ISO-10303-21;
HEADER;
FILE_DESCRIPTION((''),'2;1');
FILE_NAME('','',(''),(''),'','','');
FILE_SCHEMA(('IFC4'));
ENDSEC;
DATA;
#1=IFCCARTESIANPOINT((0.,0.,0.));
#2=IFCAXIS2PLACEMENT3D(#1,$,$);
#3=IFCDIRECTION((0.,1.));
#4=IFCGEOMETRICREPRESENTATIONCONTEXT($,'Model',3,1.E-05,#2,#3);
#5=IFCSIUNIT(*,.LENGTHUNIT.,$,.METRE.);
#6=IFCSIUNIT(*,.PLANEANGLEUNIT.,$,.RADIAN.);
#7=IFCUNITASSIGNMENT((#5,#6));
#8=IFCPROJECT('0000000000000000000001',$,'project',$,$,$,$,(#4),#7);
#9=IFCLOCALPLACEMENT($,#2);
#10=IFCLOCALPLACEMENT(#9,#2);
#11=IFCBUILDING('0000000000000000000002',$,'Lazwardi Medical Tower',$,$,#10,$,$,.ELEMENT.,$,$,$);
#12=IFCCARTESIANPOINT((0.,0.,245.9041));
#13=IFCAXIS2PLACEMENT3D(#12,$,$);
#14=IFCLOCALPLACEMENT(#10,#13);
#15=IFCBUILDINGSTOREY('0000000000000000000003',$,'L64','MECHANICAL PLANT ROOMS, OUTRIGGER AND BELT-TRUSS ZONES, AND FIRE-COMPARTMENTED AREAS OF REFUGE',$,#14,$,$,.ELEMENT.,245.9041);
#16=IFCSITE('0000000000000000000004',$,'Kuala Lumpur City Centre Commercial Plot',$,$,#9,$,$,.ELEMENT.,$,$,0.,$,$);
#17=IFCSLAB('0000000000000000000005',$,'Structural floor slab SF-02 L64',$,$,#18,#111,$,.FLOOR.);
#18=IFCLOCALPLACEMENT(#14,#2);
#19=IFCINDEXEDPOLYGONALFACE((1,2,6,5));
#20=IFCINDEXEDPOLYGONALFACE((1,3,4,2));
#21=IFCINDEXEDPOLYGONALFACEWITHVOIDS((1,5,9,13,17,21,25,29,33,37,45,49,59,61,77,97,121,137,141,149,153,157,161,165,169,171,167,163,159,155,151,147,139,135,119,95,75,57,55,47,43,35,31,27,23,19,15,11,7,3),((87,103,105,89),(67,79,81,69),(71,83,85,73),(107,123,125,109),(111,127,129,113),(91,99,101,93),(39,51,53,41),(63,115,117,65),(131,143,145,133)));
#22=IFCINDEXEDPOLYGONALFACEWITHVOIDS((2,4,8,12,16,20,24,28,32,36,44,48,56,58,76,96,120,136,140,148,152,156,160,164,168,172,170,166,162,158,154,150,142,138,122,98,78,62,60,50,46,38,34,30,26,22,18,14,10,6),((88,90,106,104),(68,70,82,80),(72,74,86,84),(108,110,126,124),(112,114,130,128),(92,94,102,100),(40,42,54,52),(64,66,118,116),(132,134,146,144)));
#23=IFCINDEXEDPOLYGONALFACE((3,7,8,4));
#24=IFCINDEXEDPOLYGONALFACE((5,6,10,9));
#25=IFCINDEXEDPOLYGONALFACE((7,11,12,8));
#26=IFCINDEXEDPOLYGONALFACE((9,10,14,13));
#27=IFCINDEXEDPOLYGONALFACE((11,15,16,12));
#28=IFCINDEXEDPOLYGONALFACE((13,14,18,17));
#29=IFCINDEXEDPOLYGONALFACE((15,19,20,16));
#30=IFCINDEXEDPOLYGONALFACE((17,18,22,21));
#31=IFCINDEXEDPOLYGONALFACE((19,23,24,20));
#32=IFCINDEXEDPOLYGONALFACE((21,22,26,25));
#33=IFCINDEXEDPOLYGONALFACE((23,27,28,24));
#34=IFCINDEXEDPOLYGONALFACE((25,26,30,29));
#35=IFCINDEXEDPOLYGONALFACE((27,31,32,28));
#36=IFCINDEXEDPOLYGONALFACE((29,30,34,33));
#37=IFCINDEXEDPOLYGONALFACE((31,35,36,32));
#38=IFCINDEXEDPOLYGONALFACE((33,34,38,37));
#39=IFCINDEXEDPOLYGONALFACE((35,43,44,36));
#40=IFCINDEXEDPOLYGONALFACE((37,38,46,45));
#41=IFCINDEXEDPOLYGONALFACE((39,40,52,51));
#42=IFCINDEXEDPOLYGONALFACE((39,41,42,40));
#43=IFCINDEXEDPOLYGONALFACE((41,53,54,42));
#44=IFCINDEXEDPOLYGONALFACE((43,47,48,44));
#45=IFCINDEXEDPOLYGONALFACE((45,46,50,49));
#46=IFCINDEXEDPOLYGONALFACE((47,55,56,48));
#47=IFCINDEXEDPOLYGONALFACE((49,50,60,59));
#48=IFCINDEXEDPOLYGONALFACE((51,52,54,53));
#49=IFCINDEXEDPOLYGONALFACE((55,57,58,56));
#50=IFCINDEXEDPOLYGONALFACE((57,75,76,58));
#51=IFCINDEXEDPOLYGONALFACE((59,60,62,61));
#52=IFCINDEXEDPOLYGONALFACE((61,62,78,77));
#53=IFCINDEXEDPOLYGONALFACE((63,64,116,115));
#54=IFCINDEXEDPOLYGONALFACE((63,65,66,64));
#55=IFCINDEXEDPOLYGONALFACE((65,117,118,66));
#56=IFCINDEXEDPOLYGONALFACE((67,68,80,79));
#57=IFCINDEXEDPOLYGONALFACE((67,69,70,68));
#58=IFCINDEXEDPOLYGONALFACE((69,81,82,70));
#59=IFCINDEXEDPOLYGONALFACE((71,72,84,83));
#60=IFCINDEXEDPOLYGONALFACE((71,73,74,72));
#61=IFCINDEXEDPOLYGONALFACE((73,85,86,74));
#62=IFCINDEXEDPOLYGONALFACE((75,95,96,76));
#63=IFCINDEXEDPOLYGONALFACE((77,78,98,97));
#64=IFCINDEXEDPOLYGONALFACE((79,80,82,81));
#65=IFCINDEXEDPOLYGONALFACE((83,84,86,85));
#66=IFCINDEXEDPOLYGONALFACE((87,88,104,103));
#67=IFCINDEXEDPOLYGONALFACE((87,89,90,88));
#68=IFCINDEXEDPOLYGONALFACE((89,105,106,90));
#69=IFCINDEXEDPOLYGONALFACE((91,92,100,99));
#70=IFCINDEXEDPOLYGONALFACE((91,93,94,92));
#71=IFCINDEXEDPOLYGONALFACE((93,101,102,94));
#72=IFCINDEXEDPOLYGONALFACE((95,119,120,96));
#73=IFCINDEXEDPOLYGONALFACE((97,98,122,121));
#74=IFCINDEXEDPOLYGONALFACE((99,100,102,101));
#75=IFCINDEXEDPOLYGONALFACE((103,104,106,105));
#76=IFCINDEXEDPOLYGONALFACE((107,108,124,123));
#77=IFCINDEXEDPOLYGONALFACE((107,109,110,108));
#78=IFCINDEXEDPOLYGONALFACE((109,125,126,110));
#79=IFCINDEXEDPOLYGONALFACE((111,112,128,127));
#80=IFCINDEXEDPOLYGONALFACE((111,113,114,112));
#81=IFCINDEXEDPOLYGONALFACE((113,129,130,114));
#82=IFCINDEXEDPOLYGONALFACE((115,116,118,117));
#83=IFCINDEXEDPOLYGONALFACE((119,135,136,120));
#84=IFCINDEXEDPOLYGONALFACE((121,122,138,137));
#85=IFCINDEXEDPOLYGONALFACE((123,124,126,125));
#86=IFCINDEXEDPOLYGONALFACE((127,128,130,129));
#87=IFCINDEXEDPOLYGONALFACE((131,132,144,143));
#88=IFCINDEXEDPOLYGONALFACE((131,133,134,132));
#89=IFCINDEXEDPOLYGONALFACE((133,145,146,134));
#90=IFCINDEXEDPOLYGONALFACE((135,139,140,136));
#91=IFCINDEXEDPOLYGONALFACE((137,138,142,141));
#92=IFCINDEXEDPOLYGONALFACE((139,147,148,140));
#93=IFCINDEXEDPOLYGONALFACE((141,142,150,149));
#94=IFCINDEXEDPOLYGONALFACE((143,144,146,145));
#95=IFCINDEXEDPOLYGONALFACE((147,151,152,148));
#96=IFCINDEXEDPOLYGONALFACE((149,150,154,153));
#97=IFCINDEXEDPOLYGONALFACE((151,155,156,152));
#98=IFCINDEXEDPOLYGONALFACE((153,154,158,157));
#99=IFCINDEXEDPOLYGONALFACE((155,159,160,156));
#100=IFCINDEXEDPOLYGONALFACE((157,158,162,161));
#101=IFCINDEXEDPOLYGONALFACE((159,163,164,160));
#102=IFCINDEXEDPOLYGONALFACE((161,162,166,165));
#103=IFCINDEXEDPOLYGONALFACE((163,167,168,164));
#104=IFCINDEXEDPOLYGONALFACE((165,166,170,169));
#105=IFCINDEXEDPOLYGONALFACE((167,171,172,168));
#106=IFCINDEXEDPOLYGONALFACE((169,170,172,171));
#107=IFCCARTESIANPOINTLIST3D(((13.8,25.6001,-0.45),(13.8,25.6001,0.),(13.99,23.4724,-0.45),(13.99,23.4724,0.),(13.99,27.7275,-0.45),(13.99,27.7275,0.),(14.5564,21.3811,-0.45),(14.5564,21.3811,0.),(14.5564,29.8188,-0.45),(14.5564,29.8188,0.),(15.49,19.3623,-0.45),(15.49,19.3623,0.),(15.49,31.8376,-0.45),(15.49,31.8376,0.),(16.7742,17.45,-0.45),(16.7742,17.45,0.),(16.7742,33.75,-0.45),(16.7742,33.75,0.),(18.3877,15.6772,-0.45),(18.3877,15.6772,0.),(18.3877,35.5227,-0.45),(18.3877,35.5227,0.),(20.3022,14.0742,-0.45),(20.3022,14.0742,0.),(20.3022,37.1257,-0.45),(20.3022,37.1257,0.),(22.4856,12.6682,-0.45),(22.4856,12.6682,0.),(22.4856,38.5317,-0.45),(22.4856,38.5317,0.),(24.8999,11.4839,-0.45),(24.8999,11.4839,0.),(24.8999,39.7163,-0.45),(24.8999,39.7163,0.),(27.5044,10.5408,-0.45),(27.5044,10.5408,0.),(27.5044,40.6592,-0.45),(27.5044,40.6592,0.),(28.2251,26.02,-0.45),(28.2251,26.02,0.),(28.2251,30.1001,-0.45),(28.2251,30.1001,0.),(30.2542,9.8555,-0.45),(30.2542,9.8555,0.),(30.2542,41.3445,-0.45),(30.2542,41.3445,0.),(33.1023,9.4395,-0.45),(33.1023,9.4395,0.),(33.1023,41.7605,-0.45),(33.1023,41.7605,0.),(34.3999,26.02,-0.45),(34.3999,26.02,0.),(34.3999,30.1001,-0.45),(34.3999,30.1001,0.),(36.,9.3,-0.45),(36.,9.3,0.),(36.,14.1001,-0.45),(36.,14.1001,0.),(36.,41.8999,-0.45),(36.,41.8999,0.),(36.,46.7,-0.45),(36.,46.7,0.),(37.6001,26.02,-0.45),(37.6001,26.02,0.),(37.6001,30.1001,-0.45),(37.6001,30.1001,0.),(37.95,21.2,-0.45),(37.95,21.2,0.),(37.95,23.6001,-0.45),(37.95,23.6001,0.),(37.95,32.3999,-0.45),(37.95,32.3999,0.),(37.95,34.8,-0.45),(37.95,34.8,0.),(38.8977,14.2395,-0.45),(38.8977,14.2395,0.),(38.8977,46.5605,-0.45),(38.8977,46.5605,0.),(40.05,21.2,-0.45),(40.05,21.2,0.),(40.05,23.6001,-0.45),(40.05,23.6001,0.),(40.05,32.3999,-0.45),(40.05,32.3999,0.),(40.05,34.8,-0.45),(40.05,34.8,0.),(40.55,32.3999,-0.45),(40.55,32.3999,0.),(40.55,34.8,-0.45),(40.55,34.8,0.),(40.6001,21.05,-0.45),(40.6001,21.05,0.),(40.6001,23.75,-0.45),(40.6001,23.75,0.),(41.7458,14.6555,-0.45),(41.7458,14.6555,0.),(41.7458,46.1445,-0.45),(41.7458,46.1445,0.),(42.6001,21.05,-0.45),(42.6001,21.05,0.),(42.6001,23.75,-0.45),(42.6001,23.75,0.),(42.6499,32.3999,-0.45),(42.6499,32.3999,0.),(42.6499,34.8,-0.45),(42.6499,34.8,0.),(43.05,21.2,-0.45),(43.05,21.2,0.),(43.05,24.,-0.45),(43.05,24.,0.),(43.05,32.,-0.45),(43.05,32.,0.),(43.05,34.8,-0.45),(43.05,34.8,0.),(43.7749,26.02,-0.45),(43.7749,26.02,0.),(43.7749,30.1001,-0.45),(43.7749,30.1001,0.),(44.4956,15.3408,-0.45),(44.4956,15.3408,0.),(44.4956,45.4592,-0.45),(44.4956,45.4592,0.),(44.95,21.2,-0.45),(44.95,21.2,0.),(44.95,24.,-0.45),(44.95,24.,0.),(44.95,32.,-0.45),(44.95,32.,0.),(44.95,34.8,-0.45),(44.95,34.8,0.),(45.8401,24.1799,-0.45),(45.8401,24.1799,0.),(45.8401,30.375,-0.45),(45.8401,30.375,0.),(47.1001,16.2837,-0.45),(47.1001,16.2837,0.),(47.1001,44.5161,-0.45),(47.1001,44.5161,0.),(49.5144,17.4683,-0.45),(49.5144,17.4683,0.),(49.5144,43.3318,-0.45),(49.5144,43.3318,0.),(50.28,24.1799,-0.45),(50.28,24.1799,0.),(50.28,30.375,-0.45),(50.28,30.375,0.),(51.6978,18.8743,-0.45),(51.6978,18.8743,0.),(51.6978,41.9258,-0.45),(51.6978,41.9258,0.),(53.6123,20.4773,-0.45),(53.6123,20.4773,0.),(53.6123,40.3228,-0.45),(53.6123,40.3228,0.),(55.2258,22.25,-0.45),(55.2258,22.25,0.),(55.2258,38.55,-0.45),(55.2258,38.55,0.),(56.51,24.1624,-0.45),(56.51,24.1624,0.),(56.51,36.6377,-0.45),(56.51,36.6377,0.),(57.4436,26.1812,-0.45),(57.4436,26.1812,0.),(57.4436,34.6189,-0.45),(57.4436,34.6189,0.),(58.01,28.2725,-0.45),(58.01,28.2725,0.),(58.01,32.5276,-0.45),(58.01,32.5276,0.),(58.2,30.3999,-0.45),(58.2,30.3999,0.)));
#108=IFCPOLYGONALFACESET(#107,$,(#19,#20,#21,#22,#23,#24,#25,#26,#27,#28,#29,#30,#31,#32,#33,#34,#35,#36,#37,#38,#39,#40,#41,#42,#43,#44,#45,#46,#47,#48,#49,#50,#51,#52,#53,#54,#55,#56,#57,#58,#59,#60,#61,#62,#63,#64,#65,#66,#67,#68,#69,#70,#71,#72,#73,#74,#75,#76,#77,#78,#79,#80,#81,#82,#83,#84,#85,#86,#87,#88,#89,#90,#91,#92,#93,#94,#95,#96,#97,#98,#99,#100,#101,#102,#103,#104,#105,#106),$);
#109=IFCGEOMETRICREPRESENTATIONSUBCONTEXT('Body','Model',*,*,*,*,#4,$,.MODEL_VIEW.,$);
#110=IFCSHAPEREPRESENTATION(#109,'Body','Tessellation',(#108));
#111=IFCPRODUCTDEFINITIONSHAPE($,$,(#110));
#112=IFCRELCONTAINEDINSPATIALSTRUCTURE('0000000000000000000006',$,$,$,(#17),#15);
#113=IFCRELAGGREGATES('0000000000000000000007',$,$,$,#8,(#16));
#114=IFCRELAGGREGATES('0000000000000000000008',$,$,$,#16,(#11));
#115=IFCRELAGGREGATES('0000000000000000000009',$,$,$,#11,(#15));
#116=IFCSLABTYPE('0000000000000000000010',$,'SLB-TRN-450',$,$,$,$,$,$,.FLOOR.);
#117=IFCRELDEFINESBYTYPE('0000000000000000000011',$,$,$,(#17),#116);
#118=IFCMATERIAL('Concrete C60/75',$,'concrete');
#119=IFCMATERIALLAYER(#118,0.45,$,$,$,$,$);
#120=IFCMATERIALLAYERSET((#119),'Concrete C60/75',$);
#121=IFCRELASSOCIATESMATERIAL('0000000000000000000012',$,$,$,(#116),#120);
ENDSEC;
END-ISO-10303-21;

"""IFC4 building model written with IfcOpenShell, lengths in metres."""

from ifc_helpers import new_model, si_unit, direction, frame, origin, place, context, subcontext, project, spatial, polyline, outline, extrude, material, layer, layer_set, type_object, element, save


model = new_model("IFC4")

# Units and contexts
model_context = context("Model", 3, precision=1e-05, world=origin(), true_north=direction((0.0, 1.0)))
body_context = subcontext(model_context, "Body", "Model", "MODEL_VIEW")
ifc_project = project(units=[si_unit("LENGTHUNIT", "METRE"), si_unit("PLANEANGLEUNIT", "RADIAN")], contexts=[model_context])

# Site, building, storey
site_placement = place(None, origin())
site = spatial("IfcSite", under=ifc_project, at=site_placement, Name="Kuala Lumpur City Centre Commercial Plot", CompositionType="ELEMENT", RefElevation=0.0)
building_placement = place(site_placement, origin())
building = spatial("IfcBuilding", under=site, at=building_placement, Name="Lazwardi Medical Tower", CompositionType="ELEMENT")
storey_placement = place(building_placement, frame((0.0, 0.0, 245.9041)))
storey = spatial("IfcBuildingStorey", under=building, at=storey_placement, Name="L64", Description="MECHANICAL PLANT ROOMS, OUTRIGGER AND BELT-TRUSS ZONES, AND FIRE-COMPARTMENTED AREAS OF REFUGE", CompositionType="ELEMENT", Elevation=245.9041)

# Shared definitions
ifc_material_1 = material(Name="Concrete C60/75", Category="concrete")

# Slab
ifc_layer_1 = layer(ifc_material_1, 0.45)
ifc_layer_set_1 = layer_set([ifc_layer_1], Name="Concrete C60/75")
slab_type_1 = type_object("IfcSlabType", Name="SLB-TRN-450", PredefinedType="FLOOR", material=ifc_layer_set_1)
slab_1_placement = place(storey_placement, frame((0.0, 0.0, -0.45)))
element("IfcSlab", 1, at=slab_1_placement, inside=storey, type_object=slab_type_1, Name="Structural floor slab SF-02 L64", PredefinedType="FLOOR", context=body_context, shape_type="SweptSolid", body=[
    extrude(outline(polyline([(18.3877, 15.6772), (20.3022, 14.0742), (22.4856, 12.6682), (24.8999, 11.4839), (27.5044, 10.5408), (30.2542, 9.8555), (33.1023, 9.4395), (36.0, 9.3), (36.0, 14.1001), (38.8977, 14.2395), (41.7458, 14.6555), (44.4956, 15.3408), (47.1001, 16.2837), (49.5144, 17.4683), (51.6978, 18.8743), (53.6123, 20.4773), (55.2258, 22.25), (56.51, 24.1624), (57.4436, 26.1812), (58.01, 28.2725), (58.2, 30.3999), (58.01, 32.5276), (57.4436, 34.6189), (56.51, 36.6377), (55.2258, 38.55), (53.6123, 40.3228), (51.6978, 41.9258), (49.5144, 43.3318), (47.1001, 44.5161), (44.4956, 45.4592), (41.7458, 46.1445), (38.8977, 46.5605), (36.0, 46.7), (36.0, 41.8999), (33.1023, 41.7605), (30.2542, 41.3445), (27.5044, 40.6592), (24.8999, 39.7163), (22.4856, 38.5317), (20.3022, 37.1257), (18.3877, 35.5227), (16.7742, 33.75), (15.49, 31.8376), (14.5564, 29.8188), (13.99, 27.7275), (13.8, 25.6001), (13.99, 23.4724), (14.5564, 21.3811), (15.49, 19.3623), (16.7742, 17.45), (18.3877, 15.6772)]), holes=[polyline([(28.2251, 26.02), (28.2251, 30.1001), (34.3999, 30.1001), (34.3999, 26.02), (28.2251, 26.02)]), polyline([(37.6001, 30.1001), (43.7749, 30.1001), (43.7749, 26.02), (37.6001, 26.02), (37.6001, 30.1001)]), polyline([(50.28, 30.375), (50.28, 24.1799), (45.8401, 24.1799), (45.8401, 30.375), (50.28, 30.375)]), polyline([(40.05, 32.3999), (37.95, 32.3999), (37.95, 34.8), (40.05, 34.8), (40.05, 32.3999)]), polyline([(40.55, 32.3999), (40.55, 34.8), (42.6499, 34.8), (42.6499, 32.3999), (40.55, 32.3999)]), polyline([(37.95, 23.6001), (40.05, 23.6001), (40.05, 21.2), (37.95, 21.2), (37.95, 23.6001)]), polyline([(44.95, 34.8), (44.95, 32.0), (43.05, 32.0), (43.05, 34.8), (44.95, 34.8)]), polyline([(44.95, 21.2), (43.05, 21.2), (43.05, 24.0), (44.95, 24.0), (44.95, 21.2)]), polyline([(40.6001, 21.05), (40.6001, 23.75), (42.6001, 23.75), (42.6001, 21.05), (40.6001, 21.05)])]), origin(), (0.0, 0.0, 1.0), 0.45),
])

save(model, "model.ifc")
